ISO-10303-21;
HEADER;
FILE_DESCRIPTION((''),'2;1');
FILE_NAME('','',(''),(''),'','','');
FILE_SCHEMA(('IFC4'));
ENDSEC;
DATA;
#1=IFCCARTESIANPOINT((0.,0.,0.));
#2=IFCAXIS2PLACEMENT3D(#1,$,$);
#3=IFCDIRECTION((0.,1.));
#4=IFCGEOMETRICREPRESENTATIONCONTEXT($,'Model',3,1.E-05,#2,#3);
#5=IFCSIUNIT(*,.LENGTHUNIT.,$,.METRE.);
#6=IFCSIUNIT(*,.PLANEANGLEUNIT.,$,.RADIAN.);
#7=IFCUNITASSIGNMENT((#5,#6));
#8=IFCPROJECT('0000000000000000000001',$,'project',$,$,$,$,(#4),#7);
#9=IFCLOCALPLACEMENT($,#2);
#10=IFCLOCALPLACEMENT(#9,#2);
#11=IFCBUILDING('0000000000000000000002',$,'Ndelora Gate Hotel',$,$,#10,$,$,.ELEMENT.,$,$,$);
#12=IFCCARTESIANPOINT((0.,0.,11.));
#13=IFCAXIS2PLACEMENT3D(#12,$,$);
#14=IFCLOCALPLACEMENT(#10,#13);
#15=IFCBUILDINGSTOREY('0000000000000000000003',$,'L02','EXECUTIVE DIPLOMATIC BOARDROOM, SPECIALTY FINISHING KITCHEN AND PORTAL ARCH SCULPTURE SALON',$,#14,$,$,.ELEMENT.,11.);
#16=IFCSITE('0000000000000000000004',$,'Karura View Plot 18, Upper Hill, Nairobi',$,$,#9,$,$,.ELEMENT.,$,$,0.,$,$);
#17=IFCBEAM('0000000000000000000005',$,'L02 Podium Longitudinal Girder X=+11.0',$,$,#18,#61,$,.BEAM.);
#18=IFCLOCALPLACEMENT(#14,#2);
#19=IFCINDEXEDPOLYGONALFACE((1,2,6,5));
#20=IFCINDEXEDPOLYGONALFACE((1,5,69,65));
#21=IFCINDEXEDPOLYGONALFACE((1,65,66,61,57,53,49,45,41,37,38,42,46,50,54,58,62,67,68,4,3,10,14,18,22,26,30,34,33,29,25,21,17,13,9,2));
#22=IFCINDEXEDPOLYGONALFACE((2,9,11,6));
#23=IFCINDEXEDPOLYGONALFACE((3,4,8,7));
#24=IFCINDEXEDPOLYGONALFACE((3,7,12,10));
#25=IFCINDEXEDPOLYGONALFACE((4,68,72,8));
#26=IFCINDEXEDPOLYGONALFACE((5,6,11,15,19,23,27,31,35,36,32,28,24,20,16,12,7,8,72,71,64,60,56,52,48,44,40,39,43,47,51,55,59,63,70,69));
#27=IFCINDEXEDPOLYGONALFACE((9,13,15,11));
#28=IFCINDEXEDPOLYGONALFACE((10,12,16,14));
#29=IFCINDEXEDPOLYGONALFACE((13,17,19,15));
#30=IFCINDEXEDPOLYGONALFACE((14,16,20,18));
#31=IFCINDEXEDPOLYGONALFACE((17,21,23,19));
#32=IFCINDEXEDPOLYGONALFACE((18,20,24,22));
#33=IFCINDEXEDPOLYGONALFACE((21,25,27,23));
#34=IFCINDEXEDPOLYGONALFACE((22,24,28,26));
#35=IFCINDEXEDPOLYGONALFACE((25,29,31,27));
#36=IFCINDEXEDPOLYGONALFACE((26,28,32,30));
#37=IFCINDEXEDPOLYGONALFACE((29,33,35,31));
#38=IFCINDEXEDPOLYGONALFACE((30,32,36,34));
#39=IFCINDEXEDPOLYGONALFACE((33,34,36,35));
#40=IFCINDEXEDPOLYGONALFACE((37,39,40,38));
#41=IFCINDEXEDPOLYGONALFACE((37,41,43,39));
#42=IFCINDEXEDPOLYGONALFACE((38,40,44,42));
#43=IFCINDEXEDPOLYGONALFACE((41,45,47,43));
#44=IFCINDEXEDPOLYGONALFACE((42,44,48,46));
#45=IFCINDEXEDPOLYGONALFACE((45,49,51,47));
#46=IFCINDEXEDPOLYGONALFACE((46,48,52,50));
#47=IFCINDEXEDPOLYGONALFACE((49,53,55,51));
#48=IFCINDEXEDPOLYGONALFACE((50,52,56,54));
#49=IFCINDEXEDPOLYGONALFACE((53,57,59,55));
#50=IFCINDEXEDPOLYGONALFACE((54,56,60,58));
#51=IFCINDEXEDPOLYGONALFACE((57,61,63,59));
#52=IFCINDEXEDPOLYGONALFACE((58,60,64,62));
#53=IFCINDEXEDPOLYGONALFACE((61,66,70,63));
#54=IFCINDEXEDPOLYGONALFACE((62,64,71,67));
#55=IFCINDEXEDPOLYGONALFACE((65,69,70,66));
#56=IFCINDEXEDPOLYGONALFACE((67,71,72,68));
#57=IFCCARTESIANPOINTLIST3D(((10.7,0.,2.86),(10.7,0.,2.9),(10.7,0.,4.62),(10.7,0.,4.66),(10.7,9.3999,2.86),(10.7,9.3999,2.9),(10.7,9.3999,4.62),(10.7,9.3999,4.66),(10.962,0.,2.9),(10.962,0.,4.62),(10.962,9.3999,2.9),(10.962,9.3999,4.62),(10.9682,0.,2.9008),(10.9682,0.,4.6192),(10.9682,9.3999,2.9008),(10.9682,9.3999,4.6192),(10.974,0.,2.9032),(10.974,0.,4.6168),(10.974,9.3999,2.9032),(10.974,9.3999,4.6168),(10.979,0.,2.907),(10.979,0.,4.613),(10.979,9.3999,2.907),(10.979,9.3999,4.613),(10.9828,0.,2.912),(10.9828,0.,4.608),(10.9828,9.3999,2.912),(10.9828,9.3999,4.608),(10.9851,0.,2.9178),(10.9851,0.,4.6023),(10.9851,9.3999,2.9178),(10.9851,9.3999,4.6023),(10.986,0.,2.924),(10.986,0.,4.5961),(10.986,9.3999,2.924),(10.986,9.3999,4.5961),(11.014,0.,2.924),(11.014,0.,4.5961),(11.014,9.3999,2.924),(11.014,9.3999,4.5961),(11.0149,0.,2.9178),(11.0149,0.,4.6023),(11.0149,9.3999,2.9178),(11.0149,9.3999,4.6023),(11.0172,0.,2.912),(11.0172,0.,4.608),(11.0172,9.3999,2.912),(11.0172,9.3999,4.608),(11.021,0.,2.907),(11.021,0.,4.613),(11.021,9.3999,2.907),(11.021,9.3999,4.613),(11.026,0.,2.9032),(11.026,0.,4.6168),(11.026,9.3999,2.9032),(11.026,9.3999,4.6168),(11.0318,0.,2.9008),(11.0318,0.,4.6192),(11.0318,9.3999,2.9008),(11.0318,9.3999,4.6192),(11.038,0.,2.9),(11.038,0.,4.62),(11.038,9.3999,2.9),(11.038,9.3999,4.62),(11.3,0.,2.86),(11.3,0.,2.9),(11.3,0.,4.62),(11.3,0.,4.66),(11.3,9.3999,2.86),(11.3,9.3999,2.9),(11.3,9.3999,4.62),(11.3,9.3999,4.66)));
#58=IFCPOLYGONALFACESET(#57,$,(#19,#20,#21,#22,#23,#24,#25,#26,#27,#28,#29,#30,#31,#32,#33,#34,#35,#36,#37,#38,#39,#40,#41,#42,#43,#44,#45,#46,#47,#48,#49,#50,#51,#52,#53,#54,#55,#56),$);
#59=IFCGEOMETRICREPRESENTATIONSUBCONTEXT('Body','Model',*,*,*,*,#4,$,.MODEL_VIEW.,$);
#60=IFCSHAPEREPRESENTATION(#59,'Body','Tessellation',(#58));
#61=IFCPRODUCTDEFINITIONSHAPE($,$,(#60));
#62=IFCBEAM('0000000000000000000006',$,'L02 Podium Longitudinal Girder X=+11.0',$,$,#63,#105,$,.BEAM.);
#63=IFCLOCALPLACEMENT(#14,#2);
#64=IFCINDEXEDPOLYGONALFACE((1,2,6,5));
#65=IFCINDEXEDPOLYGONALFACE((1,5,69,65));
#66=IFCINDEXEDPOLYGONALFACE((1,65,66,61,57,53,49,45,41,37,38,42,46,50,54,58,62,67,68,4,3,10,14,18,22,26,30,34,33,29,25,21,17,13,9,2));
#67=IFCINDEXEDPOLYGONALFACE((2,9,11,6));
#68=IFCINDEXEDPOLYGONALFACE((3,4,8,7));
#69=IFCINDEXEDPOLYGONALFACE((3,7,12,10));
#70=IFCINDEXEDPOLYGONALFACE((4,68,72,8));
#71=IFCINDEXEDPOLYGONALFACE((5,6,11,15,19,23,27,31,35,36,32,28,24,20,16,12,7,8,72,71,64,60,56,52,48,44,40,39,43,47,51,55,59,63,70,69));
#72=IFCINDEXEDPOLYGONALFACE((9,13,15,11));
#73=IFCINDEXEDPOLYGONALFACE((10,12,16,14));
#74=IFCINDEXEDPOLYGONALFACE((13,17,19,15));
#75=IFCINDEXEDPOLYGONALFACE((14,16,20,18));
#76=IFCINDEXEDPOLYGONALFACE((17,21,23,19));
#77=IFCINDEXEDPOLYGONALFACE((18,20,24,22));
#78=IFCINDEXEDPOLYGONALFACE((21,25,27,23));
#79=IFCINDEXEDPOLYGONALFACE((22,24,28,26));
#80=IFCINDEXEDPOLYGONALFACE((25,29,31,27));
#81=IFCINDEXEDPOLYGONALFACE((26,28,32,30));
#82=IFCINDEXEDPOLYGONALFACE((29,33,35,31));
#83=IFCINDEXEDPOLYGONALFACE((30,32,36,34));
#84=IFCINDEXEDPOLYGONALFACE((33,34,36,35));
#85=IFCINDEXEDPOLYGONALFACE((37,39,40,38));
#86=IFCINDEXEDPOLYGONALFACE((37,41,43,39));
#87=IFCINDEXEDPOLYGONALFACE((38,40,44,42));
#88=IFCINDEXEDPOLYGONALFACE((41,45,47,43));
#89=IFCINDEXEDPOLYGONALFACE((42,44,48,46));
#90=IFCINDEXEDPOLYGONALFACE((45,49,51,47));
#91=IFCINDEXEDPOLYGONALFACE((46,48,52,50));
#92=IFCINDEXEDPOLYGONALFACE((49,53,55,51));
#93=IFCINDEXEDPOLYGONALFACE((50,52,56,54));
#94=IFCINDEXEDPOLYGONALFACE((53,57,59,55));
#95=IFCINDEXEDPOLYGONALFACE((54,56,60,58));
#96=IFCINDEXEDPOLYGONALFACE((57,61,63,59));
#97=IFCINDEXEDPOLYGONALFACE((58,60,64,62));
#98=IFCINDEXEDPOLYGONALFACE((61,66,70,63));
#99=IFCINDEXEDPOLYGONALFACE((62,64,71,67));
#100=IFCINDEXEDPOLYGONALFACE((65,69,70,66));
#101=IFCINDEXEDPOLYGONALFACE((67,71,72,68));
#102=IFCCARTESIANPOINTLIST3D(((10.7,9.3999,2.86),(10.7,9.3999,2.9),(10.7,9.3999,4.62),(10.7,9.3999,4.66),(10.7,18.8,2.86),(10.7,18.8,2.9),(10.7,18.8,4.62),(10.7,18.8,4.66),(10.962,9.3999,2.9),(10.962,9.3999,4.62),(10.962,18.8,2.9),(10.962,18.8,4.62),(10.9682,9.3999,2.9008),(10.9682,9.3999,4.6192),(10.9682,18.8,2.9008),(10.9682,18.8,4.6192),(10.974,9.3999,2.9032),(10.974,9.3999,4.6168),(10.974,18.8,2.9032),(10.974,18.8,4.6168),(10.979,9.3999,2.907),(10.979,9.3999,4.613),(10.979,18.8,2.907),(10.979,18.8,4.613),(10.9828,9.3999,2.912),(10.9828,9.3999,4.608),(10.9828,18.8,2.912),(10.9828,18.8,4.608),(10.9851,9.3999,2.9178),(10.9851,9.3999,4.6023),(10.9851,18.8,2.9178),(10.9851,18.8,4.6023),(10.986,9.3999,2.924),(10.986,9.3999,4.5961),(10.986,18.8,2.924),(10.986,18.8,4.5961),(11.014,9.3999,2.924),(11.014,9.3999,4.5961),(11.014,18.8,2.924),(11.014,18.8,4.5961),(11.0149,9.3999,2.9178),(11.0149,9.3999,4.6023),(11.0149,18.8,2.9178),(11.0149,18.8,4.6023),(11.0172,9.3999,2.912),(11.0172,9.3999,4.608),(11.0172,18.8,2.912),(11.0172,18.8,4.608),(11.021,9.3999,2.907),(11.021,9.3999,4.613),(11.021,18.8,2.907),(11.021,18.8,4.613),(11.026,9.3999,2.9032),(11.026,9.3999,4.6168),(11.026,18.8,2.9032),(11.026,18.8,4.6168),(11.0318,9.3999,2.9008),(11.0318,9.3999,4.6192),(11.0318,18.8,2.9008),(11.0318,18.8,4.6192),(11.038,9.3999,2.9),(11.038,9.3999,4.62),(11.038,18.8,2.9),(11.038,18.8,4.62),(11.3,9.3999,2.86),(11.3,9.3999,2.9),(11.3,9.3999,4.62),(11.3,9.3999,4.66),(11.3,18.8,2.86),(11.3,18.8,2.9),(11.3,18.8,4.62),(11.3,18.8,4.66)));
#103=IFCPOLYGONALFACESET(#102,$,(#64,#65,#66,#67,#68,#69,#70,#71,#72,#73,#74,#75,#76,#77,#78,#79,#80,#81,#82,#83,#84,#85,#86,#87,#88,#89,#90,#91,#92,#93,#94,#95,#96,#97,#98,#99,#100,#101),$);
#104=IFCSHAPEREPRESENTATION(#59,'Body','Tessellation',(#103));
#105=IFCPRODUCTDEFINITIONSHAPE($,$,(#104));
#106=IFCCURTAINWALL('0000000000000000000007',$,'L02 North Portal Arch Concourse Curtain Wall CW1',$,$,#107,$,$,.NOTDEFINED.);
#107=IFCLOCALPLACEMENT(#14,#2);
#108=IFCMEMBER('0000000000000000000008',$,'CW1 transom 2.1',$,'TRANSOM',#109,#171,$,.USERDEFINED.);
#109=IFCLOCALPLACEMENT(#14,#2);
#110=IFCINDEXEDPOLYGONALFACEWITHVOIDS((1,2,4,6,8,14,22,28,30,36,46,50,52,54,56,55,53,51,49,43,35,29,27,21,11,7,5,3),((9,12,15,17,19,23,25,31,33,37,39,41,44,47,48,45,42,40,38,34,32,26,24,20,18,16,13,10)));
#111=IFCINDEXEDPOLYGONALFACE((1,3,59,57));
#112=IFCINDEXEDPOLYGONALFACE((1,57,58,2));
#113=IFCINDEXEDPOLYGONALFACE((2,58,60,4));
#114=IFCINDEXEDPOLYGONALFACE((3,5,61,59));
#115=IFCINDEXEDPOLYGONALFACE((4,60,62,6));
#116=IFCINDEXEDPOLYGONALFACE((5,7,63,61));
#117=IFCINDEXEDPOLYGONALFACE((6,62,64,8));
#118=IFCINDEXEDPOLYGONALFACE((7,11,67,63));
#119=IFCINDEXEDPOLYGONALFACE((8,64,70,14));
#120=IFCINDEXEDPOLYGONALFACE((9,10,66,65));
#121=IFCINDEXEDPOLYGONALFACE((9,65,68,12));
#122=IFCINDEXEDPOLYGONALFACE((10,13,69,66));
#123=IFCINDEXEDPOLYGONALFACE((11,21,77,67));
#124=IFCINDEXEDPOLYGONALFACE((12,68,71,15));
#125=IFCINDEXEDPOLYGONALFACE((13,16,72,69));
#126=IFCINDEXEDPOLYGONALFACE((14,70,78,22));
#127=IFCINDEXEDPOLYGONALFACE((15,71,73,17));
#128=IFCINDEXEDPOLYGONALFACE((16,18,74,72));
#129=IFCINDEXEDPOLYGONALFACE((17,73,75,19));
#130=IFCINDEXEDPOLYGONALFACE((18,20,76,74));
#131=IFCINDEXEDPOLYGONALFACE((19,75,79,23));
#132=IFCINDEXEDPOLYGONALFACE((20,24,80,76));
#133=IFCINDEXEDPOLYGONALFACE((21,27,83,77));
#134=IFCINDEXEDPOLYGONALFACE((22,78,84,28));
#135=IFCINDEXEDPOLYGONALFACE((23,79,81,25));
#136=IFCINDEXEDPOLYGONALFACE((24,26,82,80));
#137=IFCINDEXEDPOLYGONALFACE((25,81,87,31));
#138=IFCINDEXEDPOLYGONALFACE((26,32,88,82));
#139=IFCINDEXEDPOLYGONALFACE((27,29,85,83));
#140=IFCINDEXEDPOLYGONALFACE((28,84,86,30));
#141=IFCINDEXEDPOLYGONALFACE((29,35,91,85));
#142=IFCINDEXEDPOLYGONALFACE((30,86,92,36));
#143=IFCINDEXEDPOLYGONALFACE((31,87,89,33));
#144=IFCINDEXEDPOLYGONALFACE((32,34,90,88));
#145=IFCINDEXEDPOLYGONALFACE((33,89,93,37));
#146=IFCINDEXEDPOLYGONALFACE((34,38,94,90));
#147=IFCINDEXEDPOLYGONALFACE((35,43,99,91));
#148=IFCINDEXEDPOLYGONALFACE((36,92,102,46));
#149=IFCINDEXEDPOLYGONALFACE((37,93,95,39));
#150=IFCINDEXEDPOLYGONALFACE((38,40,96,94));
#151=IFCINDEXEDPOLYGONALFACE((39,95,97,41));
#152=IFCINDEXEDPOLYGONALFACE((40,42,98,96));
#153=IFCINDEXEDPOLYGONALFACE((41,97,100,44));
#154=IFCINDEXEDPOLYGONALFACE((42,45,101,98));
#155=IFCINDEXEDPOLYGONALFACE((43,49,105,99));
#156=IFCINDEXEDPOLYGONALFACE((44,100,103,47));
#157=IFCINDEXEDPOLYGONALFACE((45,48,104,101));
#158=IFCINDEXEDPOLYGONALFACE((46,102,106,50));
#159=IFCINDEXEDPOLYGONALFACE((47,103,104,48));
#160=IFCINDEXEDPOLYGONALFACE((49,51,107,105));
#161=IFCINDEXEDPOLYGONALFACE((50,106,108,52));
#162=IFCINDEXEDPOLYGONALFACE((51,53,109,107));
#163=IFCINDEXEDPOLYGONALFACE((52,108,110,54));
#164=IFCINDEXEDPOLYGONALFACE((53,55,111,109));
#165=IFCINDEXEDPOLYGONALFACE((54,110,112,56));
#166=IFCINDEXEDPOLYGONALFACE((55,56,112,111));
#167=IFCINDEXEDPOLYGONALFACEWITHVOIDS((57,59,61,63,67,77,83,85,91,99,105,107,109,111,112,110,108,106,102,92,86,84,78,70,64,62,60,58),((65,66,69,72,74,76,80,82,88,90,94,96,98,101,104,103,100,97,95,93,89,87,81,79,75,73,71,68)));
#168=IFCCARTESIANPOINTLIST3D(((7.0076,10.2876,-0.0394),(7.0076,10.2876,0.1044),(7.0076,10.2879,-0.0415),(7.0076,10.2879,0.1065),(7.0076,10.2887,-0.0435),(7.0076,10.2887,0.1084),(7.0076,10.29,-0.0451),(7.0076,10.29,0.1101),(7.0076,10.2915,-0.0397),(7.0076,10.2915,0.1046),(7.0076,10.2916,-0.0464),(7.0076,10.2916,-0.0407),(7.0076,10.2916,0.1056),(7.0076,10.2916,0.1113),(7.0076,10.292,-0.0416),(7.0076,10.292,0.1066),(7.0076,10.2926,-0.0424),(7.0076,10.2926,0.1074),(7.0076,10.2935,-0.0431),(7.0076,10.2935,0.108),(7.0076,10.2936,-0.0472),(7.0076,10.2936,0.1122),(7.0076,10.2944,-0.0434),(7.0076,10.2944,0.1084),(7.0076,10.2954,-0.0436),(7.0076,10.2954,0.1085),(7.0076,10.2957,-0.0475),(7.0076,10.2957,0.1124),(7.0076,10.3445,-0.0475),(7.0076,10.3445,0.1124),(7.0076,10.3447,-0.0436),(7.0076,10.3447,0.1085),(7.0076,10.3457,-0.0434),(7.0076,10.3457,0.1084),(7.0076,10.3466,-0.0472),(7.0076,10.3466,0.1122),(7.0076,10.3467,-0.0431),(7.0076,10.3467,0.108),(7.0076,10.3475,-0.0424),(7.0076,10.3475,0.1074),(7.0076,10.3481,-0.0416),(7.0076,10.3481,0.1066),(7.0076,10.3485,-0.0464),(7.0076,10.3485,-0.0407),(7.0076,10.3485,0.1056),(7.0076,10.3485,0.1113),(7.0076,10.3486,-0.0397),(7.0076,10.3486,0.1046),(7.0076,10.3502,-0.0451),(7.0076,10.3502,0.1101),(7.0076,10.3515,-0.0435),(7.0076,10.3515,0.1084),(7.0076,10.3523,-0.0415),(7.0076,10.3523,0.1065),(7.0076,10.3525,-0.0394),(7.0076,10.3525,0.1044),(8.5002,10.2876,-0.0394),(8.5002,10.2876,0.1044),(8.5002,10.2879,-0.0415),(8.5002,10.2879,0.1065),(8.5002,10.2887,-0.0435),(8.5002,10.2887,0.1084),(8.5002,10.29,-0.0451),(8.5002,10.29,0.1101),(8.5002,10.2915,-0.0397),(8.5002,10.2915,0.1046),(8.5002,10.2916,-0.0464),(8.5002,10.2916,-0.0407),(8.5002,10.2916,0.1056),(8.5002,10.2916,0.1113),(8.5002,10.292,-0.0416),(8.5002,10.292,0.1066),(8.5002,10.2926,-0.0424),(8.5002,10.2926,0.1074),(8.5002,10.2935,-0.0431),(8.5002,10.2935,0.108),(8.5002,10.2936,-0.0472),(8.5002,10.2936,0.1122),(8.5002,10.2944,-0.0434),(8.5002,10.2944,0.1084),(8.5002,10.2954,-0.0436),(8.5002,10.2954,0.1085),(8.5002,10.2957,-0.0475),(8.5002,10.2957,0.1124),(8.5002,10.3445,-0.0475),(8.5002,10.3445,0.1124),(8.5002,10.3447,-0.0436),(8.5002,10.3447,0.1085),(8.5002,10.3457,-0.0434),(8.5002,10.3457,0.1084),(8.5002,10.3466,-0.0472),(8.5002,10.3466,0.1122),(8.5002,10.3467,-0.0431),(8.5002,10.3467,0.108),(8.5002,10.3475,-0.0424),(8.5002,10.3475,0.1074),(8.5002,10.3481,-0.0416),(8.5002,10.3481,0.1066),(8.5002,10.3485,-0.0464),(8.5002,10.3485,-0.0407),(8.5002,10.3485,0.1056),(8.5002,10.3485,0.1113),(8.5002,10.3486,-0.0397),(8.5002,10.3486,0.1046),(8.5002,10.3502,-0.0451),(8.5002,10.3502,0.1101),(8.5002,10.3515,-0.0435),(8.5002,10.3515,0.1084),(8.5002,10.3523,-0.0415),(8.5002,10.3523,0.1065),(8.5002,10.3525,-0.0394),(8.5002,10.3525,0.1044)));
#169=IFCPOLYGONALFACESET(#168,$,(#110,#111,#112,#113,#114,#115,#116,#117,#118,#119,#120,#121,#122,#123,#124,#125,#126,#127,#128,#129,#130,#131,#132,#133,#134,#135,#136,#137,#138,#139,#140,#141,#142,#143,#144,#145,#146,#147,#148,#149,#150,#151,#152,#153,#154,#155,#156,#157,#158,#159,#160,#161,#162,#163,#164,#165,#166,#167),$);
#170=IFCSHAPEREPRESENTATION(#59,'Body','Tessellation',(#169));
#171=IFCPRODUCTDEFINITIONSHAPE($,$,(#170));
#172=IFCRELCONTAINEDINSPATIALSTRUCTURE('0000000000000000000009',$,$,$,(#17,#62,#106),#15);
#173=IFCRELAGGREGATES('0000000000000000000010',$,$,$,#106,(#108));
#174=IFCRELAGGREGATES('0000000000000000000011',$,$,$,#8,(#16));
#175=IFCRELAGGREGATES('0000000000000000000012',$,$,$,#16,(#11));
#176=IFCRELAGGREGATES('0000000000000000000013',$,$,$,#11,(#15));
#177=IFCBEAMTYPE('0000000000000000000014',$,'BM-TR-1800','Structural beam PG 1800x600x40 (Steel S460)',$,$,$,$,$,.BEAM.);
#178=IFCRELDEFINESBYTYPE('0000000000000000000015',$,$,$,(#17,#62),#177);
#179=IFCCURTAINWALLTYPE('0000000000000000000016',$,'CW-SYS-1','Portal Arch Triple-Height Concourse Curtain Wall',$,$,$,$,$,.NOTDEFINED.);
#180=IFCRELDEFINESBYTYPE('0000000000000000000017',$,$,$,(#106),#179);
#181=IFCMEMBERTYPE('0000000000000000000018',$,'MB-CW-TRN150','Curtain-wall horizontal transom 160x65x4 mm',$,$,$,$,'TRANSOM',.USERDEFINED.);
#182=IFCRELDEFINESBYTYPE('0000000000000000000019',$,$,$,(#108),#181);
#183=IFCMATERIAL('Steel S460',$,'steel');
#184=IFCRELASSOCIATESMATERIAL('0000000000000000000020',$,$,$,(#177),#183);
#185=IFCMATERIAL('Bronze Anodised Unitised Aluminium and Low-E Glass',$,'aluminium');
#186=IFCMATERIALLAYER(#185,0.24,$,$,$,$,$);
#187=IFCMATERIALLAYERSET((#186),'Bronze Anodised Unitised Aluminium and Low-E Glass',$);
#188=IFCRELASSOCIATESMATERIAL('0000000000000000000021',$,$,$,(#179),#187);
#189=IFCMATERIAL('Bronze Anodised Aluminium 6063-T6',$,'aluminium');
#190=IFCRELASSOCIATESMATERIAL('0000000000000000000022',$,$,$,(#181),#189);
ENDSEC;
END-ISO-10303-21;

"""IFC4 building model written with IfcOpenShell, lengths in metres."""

from ifc_helpers import new_model, si_unit, direction, frame, origin, origin_2d, place, context, subcontext, project, spatial, hollow_rectangle, i_section, extrude, material, layer, layer_set, material_profile, profile_set, type_object, element, aggregate, save


model = new_model("IFC4")

# Units and contexts
model_context = context("Model", 3, precision=1e-05, world=origin(), true_north=direction((0.0, 1.0)))
body_context = subcontext(model_context, "Body", "Model", "MODEL_VIEW")
ifc_project = project(units=[si_unit("LENGTHUNIT", "METRE"), si_unit("PLANEANGLEUNIT", "RADIAN")], contexts=[model_context])

# Site, building, storey
site_placement = place(None, origin())
site = spatial("IfcSite", under=ifc_project, at=site_placement, Name="Karura View Plot 18, Upper Hill, Nairobi", CompositionType="ELEMENT", RefElevation=0.0)
building_placement = place(site_placement, origin())
building = spatial("IfcBuilding", under=site, at=building_placement, Name="Ndelora Gate Hotel", CompositionType="ELEMENT")
storey_placement = place(building_placement, frame((0.0, 0.0, 11.0)))
storey = spatial("IfcBuildingStorey", under=building, at=storey_placement, Name="L02", Description="EXECUTIVE DIPLOMATIC BOARDROOM, SPECIALTY FINISHING KITCHEN AND PORTAL ARCH SCULPTURE SALON", CompositionType="ELEMENT", Elevation=11.0)

# Beams
ifc_material_1 = material(Name="Steel S460", Category="steel")
ifc_material_profile_1 = material_profile(ifc_material_1, i_section(OverallWidth=0.6001, OverallDepth=1.8, WebThickness=0.0281, FlangeThickness=0.04, FilletRadius=0.0239, at=origin_2d()), Name="PG 1800x600x40")
ifc_profile_set_1 = profile_set([ifc_material_profile_1], Name="Steel S460")
beam_type_1 = type_object("IfcBeamType", Name="BM-TR-1800", Description="Structural beam PG 1800x600x40 (Steel S460)", PredefinedType="BEAM", material=ifc_profile_set_1)
beam_1_placement = place(storey_placement, frame((11.0, 0.0, 3.76), z_axis=(0.0, 1.0, 0.0), x_axis=(-1.0, 0.0, 0.0)))
element("IfcBeam", 1, at=beam_1_placement, inside=storey, type_object=beam_type_1, Name="L02 Podium Longitudinal Girder X=+11.0", PredefinedType="BEAM", context=body_context, shape_type="SweptSolid", body=[
    extrude(i_section(OverallWidth=0.6001, OverallDepth=1.8, WebThickness=0.0281, FlangeThickness=0.04, FilletRadius=0.0239, at=origin_2d()), origin(), (0.0, 0.0, 1.0), 9.3999),
])
beam_2_placement = place(storey_placement, frame((11.0, 9.3999, 3.76), z_axis=(0.0, 1.0, 0.0), x_axis=(-1.0, 0.0, 0.0)))
element("IfcBeam", 2, at=beam_2_placement, inside=storey, type_object=beam_type_1, Name="L02 Podium Longitudinal Girder X=+11.0", PredefinedType="BEAM", context=body_context, shape_type="SweptSolid", body=[
    extrude(i_section(OverallWidth=0.6001, OverallDepth=1.8, WebThickness=0.0281, FlangeThickness=0.04, FilletRadius=0.0239, at=origin_2d()), origin(), (0.0, 0.0, 1.0), 9.4001),
])

# Curtain wall, member
ifc_material_2 = material(Name="Bronze Anodised Unitised Aluminium and Low-E Glass", Category="aluminium")
ifc_layer_1 = layer(ifc_material_2, 0.24)
ifc_layer_set_1 = layer_set([ifc_layer_1], Name="Bronze Anodised Unitised Aluminium and Low-E Glass")
curtain_wall_type = type_object("IfcCurtainWallType", Name="CW-SYS-1", Description="Portal Arch Triple-Height Concourse Curtain Wall", PredefinedType="NOTDEFINED", material=ifc_layer_set_1)
curtain_wall_placement = place(storey_placement, origin())
curtain_wall = element("IfcCurtainWall", 3, at=curtain_wall_placement, inside=storey, type_object=curtain_wall_type, Name="L02 North Portal Arch Concourse Curtain Wall CW1", PredefinedType="NOTDEFINED")
ifc_material_3 = material(Name="Bronze Anodised Aluminium 6063-T6", Category="aluminium")
ifc_material_profile_2 = material_profile(ifc_material_3, hollow_rectangle(XDim=0.0649, YDim=0.1599, WallThickness=0.0039, InnerFilletRadius=0.0039, OuterFilletRadius=0.0081, at=origin_2d()), Name="ALU 160x65x4")
ifc_profile_set_2 = profile_set([ifc_material_profile_2], Name="Bronze Anodised Aluminium 6063-T6")
member_type = type_object("IfcMemberType", Name="MB-CW-TRN150", Description="Curtain-wall horizontal transom 160x65x4 mm", ElementType="TRANSOM", PredefinedType="USERDEFINED", material=ifc_profile_set_2)
member_placement = place(storey_placement, frame((8.5002, 10.3201, 0.0325), z_axis=(-1.0, 0.0, 0.0), x_axis=(0.0, -1.0, 0.0)))
member = element("IfcMember", 4, at=member_placement, type_object=member_type, Name="CW1 transom 2.1", ObjectType="TRANSOM", PredefinedType="USERDEFINED", context=body_context, shape_type="SweptSolid", body=[
    extrude(hollow_rectangle(XDim=0.0649, YDim=0.1599, WallThickness=0.0039, InnerFilletRadius=0.0039, OuterFilletRadius=0.0081, at=origin_2d()), origin(), (0.0, 0.0, 1.0), 1.4927),
])
aggregate(curtain_wall, [member])

save(model, "model.ifc")
